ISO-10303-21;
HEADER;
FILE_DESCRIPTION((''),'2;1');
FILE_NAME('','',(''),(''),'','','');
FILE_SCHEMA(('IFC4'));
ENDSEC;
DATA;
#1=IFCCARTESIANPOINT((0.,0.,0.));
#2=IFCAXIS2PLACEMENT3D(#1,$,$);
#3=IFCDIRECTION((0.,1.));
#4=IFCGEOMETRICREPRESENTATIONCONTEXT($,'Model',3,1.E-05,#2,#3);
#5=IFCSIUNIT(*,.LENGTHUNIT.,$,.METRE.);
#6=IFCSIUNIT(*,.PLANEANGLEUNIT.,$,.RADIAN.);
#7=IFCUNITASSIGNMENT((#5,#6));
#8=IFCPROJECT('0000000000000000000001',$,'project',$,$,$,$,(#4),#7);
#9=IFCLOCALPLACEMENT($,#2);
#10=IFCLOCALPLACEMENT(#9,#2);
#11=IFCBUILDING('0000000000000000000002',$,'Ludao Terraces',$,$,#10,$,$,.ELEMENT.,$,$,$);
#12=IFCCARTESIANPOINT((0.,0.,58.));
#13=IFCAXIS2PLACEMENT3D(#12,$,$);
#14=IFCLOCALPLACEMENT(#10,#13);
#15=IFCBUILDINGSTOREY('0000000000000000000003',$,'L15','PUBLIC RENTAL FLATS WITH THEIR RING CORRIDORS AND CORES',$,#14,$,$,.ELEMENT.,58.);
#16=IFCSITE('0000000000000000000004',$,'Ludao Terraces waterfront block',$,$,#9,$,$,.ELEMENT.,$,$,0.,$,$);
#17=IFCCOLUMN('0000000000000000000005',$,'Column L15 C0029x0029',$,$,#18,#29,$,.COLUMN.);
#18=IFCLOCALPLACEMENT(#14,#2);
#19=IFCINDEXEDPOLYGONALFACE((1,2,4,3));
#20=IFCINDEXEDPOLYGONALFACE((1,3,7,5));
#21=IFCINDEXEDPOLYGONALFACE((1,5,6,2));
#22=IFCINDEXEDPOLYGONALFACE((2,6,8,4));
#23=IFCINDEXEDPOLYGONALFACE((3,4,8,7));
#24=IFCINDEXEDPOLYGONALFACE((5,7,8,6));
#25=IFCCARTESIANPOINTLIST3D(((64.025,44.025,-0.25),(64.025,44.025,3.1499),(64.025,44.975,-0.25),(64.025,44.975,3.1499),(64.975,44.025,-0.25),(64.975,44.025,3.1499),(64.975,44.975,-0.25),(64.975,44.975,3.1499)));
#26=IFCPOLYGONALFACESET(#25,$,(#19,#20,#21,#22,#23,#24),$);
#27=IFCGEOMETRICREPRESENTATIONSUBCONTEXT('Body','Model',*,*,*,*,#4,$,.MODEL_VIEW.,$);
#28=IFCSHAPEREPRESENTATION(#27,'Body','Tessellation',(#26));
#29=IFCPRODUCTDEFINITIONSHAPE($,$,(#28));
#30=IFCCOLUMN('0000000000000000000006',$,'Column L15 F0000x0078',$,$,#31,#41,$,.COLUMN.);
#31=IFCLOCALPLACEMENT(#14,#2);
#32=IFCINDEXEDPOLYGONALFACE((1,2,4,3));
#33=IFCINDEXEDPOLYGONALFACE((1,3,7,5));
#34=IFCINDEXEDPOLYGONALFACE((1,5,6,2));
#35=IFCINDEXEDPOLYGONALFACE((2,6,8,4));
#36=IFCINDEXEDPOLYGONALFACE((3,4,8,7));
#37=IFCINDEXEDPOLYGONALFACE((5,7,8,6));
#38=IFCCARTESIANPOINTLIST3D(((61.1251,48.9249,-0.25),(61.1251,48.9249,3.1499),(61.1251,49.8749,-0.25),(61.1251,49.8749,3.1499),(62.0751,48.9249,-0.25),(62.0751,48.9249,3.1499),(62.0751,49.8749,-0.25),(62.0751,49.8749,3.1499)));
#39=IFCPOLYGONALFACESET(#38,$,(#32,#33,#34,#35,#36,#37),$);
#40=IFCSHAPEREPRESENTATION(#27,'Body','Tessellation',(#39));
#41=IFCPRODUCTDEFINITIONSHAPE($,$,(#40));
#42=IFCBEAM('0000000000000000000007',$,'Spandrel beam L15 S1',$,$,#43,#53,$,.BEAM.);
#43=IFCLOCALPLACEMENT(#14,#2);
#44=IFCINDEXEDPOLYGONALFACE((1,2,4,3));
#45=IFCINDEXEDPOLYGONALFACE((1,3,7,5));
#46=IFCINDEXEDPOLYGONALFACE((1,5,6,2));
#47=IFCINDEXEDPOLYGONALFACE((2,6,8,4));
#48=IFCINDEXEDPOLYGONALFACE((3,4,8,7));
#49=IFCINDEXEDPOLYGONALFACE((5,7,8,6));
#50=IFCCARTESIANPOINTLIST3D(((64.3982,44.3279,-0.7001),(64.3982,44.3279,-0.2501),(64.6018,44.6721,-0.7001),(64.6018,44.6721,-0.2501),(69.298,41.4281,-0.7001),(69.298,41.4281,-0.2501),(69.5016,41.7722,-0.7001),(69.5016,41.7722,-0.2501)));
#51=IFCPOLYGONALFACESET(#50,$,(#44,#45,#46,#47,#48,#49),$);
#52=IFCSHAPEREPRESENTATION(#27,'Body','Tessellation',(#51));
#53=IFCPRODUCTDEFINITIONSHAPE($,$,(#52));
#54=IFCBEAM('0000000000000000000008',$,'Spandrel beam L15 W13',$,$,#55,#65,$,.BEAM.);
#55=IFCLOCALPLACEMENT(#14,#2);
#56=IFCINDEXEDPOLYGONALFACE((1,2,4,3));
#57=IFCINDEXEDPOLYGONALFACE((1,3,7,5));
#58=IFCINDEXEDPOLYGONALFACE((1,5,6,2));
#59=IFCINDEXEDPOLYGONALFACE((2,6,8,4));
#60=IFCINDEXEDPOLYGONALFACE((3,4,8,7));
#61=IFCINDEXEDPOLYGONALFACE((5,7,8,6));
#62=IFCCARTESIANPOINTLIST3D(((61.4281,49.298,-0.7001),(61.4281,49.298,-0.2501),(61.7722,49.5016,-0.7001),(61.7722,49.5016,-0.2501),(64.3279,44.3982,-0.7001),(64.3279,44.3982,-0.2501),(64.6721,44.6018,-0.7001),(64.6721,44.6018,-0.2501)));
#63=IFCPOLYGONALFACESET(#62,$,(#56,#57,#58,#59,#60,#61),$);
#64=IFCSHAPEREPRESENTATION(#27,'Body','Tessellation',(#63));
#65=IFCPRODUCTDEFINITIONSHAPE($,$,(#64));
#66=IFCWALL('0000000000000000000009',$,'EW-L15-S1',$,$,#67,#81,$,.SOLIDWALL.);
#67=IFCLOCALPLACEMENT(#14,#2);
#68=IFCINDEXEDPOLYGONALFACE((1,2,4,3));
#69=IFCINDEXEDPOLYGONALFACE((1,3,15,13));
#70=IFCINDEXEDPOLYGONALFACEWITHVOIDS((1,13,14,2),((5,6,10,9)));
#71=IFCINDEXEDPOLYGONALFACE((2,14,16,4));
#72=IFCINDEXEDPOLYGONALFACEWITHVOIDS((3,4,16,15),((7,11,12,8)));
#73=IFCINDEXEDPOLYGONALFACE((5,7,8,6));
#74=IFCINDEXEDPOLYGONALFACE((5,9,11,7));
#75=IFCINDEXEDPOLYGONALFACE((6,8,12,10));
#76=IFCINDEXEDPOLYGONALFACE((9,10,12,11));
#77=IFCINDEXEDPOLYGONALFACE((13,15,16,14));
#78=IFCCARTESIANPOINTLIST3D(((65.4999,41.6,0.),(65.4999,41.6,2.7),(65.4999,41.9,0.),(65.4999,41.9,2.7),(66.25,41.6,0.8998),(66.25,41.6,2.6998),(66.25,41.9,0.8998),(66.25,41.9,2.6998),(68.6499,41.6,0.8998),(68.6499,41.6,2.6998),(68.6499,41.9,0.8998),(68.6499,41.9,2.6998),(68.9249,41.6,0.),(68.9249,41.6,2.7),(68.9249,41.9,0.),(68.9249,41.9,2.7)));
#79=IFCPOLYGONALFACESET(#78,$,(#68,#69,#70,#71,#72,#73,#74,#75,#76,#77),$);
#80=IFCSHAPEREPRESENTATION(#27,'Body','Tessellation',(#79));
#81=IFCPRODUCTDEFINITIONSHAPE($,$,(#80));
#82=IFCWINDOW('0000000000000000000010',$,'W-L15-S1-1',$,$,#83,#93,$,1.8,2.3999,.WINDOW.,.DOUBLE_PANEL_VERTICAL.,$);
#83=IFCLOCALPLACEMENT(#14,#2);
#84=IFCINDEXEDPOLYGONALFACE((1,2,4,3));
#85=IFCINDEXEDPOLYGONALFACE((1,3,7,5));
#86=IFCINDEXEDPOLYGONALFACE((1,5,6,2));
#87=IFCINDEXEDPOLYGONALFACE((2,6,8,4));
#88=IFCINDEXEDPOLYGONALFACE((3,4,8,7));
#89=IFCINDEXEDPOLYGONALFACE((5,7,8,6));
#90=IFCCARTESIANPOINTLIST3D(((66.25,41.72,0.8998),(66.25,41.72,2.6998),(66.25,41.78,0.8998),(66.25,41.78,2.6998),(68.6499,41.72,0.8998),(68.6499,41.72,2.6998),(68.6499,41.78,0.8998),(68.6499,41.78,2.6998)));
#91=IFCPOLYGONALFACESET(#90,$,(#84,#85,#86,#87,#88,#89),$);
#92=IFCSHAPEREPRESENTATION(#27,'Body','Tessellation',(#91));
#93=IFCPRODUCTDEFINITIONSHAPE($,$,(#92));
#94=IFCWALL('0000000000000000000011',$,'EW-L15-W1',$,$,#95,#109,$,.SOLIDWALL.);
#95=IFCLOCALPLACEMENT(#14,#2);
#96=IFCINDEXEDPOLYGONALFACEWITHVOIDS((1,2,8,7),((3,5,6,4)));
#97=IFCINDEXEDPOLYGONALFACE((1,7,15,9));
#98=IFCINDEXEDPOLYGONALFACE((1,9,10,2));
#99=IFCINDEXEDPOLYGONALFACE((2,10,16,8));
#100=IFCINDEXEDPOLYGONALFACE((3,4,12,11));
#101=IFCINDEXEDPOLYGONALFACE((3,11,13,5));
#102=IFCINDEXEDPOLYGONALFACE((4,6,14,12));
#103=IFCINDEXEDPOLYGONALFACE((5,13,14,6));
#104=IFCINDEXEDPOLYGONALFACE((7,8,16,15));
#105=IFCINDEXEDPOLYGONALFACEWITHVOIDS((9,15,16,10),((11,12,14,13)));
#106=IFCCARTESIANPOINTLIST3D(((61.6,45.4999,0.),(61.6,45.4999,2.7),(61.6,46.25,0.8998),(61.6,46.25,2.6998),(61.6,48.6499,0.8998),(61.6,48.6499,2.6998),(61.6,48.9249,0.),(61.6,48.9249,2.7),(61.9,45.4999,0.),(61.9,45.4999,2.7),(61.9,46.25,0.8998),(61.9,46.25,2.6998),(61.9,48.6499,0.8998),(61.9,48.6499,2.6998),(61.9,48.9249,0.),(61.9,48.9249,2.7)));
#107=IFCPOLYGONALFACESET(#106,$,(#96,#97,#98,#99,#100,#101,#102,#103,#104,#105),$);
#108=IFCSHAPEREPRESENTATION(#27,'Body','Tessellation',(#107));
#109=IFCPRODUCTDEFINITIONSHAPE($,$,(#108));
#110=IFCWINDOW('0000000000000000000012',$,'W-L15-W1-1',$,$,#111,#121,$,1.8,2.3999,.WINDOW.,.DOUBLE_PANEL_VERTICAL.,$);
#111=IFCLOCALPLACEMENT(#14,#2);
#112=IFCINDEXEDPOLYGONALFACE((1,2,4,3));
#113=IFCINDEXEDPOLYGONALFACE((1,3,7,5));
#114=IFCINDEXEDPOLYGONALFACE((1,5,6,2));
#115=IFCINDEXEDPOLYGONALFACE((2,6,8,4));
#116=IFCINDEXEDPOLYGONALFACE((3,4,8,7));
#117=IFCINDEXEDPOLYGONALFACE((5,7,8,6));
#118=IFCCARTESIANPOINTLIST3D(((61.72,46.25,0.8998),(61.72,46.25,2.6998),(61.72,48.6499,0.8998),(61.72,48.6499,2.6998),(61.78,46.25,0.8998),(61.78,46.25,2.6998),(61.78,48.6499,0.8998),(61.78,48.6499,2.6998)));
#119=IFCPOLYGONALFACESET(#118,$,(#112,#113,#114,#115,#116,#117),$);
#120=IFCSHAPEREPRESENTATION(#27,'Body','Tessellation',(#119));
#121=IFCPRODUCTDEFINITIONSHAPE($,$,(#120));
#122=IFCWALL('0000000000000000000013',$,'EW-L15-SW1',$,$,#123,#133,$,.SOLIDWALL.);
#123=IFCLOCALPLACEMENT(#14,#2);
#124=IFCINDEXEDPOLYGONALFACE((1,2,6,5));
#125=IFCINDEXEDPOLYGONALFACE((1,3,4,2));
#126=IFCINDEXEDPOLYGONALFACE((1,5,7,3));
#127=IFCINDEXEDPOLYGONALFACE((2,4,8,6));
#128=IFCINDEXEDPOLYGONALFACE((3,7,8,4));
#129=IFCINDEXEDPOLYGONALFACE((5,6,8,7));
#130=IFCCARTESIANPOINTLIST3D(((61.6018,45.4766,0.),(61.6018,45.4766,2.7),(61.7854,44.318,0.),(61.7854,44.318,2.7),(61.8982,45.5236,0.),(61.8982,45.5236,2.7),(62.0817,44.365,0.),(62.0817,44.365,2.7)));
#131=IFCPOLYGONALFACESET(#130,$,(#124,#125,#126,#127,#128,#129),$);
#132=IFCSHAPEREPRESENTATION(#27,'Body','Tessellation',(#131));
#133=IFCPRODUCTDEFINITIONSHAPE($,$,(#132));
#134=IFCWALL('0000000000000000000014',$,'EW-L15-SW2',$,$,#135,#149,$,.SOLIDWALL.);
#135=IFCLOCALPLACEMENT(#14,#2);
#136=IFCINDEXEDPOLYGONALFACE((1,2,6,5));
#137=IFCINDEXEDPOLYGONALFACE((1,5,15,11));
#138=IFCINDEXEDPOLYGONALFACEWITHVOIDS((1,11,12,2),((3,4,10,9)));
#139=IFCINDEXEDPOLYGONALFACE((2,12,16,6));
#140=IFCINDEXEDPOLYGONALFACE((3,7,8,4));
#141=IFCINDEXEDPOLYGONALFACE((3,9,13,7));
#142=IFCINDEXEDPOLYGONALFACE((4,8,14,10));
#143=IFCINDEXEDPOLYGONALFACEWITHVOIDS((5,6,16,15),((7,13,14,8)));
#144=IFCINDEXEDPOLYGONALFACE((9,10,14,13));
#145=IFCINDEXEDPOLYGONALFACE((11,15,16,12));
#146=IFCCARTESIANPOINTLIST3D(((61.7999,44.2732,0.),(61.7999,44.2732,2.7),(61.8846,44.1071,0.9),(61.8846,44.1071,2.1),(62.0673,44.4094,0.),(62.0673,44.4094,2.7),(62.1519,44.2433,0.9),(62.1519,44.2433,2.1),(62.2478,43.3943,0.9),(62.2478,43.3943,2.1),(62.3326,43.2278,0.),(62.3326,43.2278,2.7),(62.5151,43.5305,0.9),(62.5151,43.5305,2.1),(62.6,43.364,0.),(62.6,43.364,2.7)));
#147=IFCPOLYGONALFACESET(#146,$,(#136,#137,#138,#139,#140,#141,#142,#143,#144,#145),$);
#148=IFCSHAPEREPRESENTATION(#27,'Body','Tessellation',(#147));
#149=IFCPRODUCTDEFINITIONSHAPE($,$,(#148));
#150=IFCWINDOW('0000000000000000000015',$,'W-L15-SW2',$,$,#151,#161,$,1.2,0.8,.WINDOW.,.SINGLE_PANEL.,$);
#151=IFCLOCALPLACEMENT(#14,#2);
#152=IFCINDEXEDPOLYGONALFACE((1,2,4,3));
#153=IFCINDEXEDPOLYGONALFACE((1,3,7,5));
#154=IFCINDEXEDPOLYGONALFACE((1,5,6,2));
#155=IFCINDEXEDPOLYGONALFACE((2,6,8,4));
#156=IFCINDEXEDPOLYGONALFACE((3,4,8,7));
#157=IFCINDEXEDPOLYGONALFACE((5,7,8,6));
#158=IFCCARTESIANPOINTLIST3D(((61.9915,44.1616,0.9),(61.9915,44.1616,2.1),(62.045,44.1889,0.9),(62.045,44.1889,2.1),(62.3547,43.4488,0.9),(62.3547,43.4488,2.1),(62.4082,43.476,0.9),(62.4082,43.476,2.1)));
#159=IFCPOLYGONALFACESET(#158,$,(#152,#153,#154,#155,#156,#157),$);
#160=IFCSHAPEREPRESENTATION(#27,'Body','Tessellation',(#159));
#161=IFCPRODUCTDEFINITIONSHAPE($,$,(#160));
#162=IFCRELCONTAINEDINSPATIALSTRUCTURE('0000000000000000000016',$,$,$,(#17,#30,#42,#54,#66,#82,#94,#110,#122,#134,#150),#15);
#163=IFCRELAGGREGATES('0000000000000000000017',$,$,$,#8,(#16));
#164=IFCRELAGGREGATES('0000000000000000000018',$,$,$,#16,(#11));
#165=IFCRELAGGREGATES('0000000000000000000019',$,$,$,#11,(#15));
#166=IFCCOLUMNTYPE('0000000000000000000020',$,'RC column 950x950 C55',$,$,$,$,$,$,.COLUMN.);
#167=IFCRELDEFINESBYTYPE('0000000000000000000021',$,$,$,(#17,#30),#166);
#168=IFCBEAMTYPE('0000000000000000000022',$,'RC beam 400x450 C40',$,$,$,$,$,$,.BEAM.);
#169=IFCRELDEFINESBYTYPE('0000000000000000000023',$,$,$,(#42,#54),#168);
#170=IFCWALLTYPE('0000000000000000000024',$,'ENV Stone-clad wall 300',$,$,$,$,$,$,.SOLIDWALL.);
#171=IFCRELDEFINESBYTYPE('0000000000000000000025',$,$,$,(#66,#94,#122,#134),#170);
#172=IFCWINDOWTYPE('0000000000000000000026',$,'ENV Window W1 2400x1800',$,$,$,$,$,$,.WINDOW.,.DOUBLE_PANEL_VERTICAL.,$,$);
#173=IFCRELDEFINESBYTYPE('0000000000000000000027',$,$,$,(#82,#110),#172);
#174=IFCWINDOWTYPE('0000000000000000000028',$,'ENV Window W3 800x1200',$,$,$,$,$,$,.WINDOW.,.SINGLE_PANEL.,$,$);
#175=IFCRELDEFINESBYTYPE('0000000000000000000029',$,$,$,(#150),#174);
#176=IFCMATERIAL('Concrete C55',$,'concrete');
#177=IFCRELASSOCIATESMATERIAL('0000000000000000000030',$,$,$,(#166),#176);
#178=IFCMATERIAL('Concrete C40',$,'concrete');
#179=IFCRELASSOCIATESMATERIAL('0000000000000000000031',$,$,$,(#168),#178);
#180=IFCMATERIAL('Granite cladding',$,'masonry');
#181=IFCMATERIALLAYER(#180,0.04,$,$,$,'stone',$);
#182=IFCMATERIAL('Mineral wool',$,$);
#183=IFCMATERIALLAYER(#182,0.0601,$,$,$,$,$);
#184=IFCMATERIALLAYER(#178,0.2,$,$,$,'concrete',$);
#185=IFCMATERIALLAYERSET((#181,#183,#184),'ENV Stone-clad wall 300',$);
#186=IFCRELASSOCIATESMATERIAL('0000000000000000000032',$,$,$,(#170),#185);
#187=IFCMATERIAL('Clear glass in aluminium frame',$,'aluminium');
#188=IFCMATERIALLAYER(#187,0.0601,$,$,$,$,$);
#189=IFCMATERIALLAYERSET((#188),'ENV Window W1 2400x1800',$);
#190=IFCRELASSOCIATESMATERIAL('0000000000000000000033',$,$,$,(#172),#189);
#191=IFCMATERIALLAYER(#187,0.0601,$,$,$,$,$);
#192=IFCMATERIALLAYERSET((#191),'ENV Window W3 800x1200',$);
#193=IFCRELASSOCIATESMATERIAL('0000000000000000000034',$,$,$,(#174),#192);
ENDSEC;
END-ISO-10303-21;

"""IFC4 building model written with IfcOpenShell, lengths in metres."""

from ifc_helpers import new_model, si_unit, direction, frame, frame_2d, origin, origin_2d, place, context, subcontext, project, spatial, rectangle, extrude, material, layer, layer_set, material_profile, profile_set, type_object, element, fill, save


model = new_model("IFC4")

# Units and contexts
model_context = context("Model", 3, precision=1e-05, world=origin(), true_north=direction((0.0, 1.0)))
body_context = subcontext(model_context, "Body", "Model", "MODEL_VIEW")
ifc_project = project(units=[si_unit("LENGTHUNIT", "METRE"), si_unit("PLANEANGLEUNIT", "RADIAN")], contexts=[model_context])

# Site, building, storey
site_placement = place(None, origin())
site = spatial("IfcSite", under=ifc_project, at=site_placement, Name="Ludao Terraces waterfront block", CompositionType="ELEMENT", RefElevation=0.0)
building_placement = place(site_placement, origin())
building = spatial("IfcBuilding", under=site, at=building_placement, Name="Ludao Terraces", CompositionType="ELEMENT")
storey_placement = place(building_placement, frame((0.0, 0.0, 58.0)))
storey = spatial("IfcBuildingStorey", under=building, at=storey_placement, Name="L15", Description="PUBLIC RENTAL FLATS WITH THEIR RING CORRIDORS AND CORES", CompositionType="ELEMENT", Elevation=58.0)

# Columns
ifc_material_1 = material(Name="Concrete C55", Category="concrete")
ifc_material_profile_1 = material_profile(ifc_material_1, rectangle(XDim=0.95, YDim=0.95, at=origin_2d()), Name="950 X 950")
ifc_profile_set_1 = profile_set([ifc_material_profile_1], Name="Concrete C55")
column_type = type_object("IfcColumnType", Name="RC column 950x950 C55", PredefinedType="COLUMN", material=ifc_profile_set_1)
for number, where, z_axis, x_axis, name in (
    (1, (64.5, 44.5, -0.25), (0.0, 0.0, 1.0), (1.0, 0.0, 0.0), "Column L15 C0029x0029"),
    (2, (61.6001, 49.3999, -0.25), (0.0, 0.0, 1.0), (1.0, 0.0, 0.0), "Column L15 F0000x0078"),
):
    element("IfcColumn", number, at=place(storey_placement, frame(where, z_axis=z_axis, x_axis=x_axis)), inside=storey, type_object=column_type, Name=name, PredefinedType="COLUMN", context=body_context, shape_type="SweptSolid", body=[
        extrude(rectangle(XDim=0.95, YDim=0.95, at=origin_2d()), origin(), (0.0, 0.0, 1.0), 3.3999),
    ])

# Beams
ifc_material_2 = material(Name="Concrete C40", Category="concrete")
ifc_material_profile_2 = material_profile(ifc_material_2, rectangle(XDim=0.3999, YDim=0.45, at=origin_2d()), Name="400 X 450")
ifc_profile_set_2 = profile_set([ifc_material_profile_2], Name="Concrete C40")
beam_type = type_object("IfcBeamType", Name="RC beam 400x450 C40", PredefinedType="BEAM", material=ifc_profile_set_2)
for number, where, z_axis, x_axis, name in (
    (3, (64.5, 44.5, -0.4751), (0.86058, -0.509316, 0.0), (0.509316, 0.86058, 0.0), "Spandrel beam L15 S1"),
    (4, (64.5, 44.5, -0.4751), (-0.509316, 0.86058, 0.0), (-0.86058, -0.509316, 0.0), "Spandrel beam L15 W13"),
):
    element("IfcBeam", number, at=place(storey_placement, frame(where, z_axis=z_axis, x_axis=x_axis)), inside=storey, type_object=beam_type, Name=name, PredefinedType="BEAM", context=body_context, shape_type="SweptSolid", body=[
        extrude(rectangle(XDim=0.3999, YDim=0.45, at=origin_2d()), origin(), (0.0, 0.0, 1.0), 5.6936),
    ])

# Walls, openings, windows
ifc_material_3 = material(Name="Granite cladding", Category="masonry")
ifc_layer_1 = layer(ifc_material_3, 0.04, Category="stone")
ifc_material_4 = material(Name="Mineral wool")
ifc_layer_2 = layer(ifc_material_4, 0.0601)
ifc_layer_3 = layer(ifc_material_2, 0.2, Category="concrete")
ifc_layer_set_1 = layer_set([ifc_layer_1, ifc_layer_2, ifc_layer_3], Name="ENV Stone-clad wall 300")
wall_type_1 = type_object("IfcWallType", Name="ENV Stone-clad wall 300", PredefinedType="SOLIDWALL", material=ifc_layer_set_1)
wall_1_placement = place(storey_placement, frame((65.5, 41.75, 0.0), z_axis=(0.0, 0.0, 1.0), x_axis=(1.0, 0.0, 0.0)))
wall_1 = element("IfcWall", 5, at=wall_1_placement, inside=storey, type_object=wall_type_1, Name="EW-L15-S1", PredefinedType="SOLIDWALL", context=body_context, shape_type="SweptSolid", body=[
    extrude(rectangle(XDim=3.425, YDim=0.3, at=frame_2d((1.7124, 0.0))), origin(), (0.0, 0.0, 1.0), 2.7),
])
opening_1_placement = place(wall_1_placement, frame((0.75, 0.0, 0.8999)))
opening_1 = element("IfcOpeningElement", 6, at=opening_1_placement, cuts=wall_1, PredefinedType="OPENING", context=body_context, shape_type="SweptSolid", body=[
    extrude(rectangle(XDim=2.3999, YDim=1.8, at=frame_2d((1.2, 0.8999))), frame((0.0, 0.1602, 0.0), z_axis=(0.0, -1.0, 0.0), x_axis=(1.0, 0.0, 0.0)), (0.0, 0.0, 1.0), 0.3201),
])
ifc_material_5 = material(Name="Clear glass in aluminium frame", Category="aluminium")
ifc_layer_4 = layer(ifc_material_5, 0.0601)
ifc_layer_set_2 = layer_set([ifc_layer_4], Name="ENV Window W1 2400x1800")
window_type_1 = type_object("IfcWindowType", Name="ENV Window W1 2400x1800", PartitioningType="DOUBLE_PANEL_VERTICAL", PredefinedType="WINDOW", material=ifc_layer_set_2)
window_1_placement = place(opening_1_placement, origin())
window_1 = element("IfcWindow", 7, at=window_1_placement, inside=storey, type_object=window_type_1, Name="W-L15-S1-1", OverallHeight=1.8, OverallWidth=2.3999, PartitioningType="DOUBLE_PANEL_VERTICAL", PredefinedType="WINDOW", context=body_context, shape_type="SweptSolid", body=[
    extrude(rectangle(XDim=2.3999, YDim=1.8, at=frame_2d((1.2, 0.8999))), frame((0.0, 0.03, 0.0), z_axis=(0.0, -1.0, 0.0), x_axis=(1.0, 0.0, 0.0)), (0.0, 0.0, 1.0), 0.0601),
])
fill(opening_1, window_1)
wall_2_placement = place(storey_placement, frame((61.75, 45.5, 0.0), z_axis=(0.0, 0.0, 1.0), x_axis=(0.0, 1.0, 0.0)))
wall_2 = element("IfcWall", 8, at=wall_2_placement, inside=storey, type_object=wall_type_1, Name="EW-L15-W1", PredefinedType="SOLIDWALL", context=body_context, shape_type="SweptSolid", body=[
    extrude(rectangle(XDim=3.425, YDim=0.3, at=frame_2d((1.7124, 0.0))), origin(), (0.0, 0.0, 1.0), 2.7),
])
opening_2_placement = place(wall_2_placement, frame((0.75, 0.0, 0.8999)))
opening_2 = element("IfcOpeningElement", 9, at=opening_2_placement, cuts=wall_2, PredefinedType="OPENING", context=body_context, shape_type="SweptSolid", body=[
    extrude(rectangle(XDim=2.3999, YDim=1.8, at=frame_2d((1.2, 0.8999))), frame((0.0, 0.1602, 0.0), z_axis=(0.0, -1.0, 0.0), x_axis=(1.0, 0.0, 0.0)), (0.0, 0.0, 1.0), 0.3201),
])
window_2_placement = place(opening_2_placement, origin())
window_2 = element("IfcWindow", 10, at=window_2_placement, inside=storey, type_object=window_type_1, Name="W-L15-W1-1", OverallHeight=1.8, OverallWidth=2.3999, PartitioningType="DOUBLE_PANEL_VERTICAL", PredefinedType="WINDOW", context=body_context, shape_type="SweptSolid", body=[
    extrude(rectangle(XDim=2.3999, YDim=1.8, at=frame_2d((1.2, 0.8999))), frame((0.0, 0.03, 0.0), z_axis=(0.0, -1.0, 0.0), x_axis=(1.0, 0.0, 0.0)), (0.0, 0.0, 1.0), 0.0601),
])
fill(opening_2, window_2)

# Wall
wall_3_placement = place(storey_placement, frame((61.75, 45.5, 0.0), z_axis=(0.0, 0.0, 1.0), x_axis=(0.156497, -0.987678, 0.0)))
element("IfcWall", 11, at=wall_3_placement, inside=storey, type_object=wall_type_1, Name="EW-L15-SW1", PredefinedType="SOLIDWALL", context=body_context, shape_type="SweptSolid", body=[
    extrude(rectangle(XDim=1.1731, YDim=0.3, at=frame_2d((0.5864, 0.0))), origin(), (0.0, 0.0, 1.0), 2.7),
])

# Wall, opening, window
wall_4_placement = place(storey_placement, frame((61.9336, 44.3413, 0.0), z_axis=(0.0, 0.0, 1.0), x_axis=(0.454026, -0.890989, 0.0)))
wall_4 = element("IfcWall", 12, at=wall_4_placement, inside=storey, type_object=wall_type_1, Name="EW-L15-SW2", PredefinedType="SOLIDWALL", context=body_context, shape_type="SweptSolid", body=[
    extrude(rectangle(XDim=1.1733, YDim=0.3, at=frame_2d((0.5867, 0.0))), origin(), (0.0, 0.0, 1.0), 2.7),
])
opening_3_placement = place(wall_4_placement, frame((0.1865, 0.0, 0.8999)))
opening_3 = element("IfcOpeningElement", 13, at=opening_3_placement, cuts=wall_4, PredefinedType="OPENING", context=body_context, shape_type="SweptSolid", body=[
    extrude(rectangle(XDim=0.8, YDim=1.2, at=frame_2d((0.3999, 0.6001))), frame((0.0, 0.1602, 0.0), z_axis=(0.0, -1.0, 0.0), x_axis=(1.0, 0.0, 0.0)), (0.0, 0.0, 1.0), 0.3201),
])
ifc_layer_5 = layer(ifc_material_5, 0.0601)
ifc_layer_set_3 = layer_set([ifc_layer_5], Name="ENV Window W3 800x1200")
window_type_2 = type_object("IfcWindowType", Name="ENV Window W3 800x1200", PartitioningType="SINGLE_PANEL", PredefinedType="WINDOW", material=ifc_layer_set_3)
window_3_placement = place(opening_3_placement, origin())
window_3 = element("IfcWindow", 14, at=window_3_placement, inside=storey, type_object=window_type_2, Name="W-L15-SW2", OverallHeight=1.2, OverallWidth=0.8, PartitioningType="SINGLE_PANEL", PredefinedType="WINDOW", context=body_context, shape_type="SweptSolid", body=[
    extrude(rectangle(XDim=0.8, YDim=1.2, at=frame_2d((0.3999, 0.6001))), frame((0.0, 0.03, 0.0), z_axis=(0.0, -1.0, 0.0), x_axis=(1.0, 0.0, 0.0)), (0.0, 0.0, 1.0), 0.0601),
])
fill(opening_3, window_3)

save(model, "model.ifc")
